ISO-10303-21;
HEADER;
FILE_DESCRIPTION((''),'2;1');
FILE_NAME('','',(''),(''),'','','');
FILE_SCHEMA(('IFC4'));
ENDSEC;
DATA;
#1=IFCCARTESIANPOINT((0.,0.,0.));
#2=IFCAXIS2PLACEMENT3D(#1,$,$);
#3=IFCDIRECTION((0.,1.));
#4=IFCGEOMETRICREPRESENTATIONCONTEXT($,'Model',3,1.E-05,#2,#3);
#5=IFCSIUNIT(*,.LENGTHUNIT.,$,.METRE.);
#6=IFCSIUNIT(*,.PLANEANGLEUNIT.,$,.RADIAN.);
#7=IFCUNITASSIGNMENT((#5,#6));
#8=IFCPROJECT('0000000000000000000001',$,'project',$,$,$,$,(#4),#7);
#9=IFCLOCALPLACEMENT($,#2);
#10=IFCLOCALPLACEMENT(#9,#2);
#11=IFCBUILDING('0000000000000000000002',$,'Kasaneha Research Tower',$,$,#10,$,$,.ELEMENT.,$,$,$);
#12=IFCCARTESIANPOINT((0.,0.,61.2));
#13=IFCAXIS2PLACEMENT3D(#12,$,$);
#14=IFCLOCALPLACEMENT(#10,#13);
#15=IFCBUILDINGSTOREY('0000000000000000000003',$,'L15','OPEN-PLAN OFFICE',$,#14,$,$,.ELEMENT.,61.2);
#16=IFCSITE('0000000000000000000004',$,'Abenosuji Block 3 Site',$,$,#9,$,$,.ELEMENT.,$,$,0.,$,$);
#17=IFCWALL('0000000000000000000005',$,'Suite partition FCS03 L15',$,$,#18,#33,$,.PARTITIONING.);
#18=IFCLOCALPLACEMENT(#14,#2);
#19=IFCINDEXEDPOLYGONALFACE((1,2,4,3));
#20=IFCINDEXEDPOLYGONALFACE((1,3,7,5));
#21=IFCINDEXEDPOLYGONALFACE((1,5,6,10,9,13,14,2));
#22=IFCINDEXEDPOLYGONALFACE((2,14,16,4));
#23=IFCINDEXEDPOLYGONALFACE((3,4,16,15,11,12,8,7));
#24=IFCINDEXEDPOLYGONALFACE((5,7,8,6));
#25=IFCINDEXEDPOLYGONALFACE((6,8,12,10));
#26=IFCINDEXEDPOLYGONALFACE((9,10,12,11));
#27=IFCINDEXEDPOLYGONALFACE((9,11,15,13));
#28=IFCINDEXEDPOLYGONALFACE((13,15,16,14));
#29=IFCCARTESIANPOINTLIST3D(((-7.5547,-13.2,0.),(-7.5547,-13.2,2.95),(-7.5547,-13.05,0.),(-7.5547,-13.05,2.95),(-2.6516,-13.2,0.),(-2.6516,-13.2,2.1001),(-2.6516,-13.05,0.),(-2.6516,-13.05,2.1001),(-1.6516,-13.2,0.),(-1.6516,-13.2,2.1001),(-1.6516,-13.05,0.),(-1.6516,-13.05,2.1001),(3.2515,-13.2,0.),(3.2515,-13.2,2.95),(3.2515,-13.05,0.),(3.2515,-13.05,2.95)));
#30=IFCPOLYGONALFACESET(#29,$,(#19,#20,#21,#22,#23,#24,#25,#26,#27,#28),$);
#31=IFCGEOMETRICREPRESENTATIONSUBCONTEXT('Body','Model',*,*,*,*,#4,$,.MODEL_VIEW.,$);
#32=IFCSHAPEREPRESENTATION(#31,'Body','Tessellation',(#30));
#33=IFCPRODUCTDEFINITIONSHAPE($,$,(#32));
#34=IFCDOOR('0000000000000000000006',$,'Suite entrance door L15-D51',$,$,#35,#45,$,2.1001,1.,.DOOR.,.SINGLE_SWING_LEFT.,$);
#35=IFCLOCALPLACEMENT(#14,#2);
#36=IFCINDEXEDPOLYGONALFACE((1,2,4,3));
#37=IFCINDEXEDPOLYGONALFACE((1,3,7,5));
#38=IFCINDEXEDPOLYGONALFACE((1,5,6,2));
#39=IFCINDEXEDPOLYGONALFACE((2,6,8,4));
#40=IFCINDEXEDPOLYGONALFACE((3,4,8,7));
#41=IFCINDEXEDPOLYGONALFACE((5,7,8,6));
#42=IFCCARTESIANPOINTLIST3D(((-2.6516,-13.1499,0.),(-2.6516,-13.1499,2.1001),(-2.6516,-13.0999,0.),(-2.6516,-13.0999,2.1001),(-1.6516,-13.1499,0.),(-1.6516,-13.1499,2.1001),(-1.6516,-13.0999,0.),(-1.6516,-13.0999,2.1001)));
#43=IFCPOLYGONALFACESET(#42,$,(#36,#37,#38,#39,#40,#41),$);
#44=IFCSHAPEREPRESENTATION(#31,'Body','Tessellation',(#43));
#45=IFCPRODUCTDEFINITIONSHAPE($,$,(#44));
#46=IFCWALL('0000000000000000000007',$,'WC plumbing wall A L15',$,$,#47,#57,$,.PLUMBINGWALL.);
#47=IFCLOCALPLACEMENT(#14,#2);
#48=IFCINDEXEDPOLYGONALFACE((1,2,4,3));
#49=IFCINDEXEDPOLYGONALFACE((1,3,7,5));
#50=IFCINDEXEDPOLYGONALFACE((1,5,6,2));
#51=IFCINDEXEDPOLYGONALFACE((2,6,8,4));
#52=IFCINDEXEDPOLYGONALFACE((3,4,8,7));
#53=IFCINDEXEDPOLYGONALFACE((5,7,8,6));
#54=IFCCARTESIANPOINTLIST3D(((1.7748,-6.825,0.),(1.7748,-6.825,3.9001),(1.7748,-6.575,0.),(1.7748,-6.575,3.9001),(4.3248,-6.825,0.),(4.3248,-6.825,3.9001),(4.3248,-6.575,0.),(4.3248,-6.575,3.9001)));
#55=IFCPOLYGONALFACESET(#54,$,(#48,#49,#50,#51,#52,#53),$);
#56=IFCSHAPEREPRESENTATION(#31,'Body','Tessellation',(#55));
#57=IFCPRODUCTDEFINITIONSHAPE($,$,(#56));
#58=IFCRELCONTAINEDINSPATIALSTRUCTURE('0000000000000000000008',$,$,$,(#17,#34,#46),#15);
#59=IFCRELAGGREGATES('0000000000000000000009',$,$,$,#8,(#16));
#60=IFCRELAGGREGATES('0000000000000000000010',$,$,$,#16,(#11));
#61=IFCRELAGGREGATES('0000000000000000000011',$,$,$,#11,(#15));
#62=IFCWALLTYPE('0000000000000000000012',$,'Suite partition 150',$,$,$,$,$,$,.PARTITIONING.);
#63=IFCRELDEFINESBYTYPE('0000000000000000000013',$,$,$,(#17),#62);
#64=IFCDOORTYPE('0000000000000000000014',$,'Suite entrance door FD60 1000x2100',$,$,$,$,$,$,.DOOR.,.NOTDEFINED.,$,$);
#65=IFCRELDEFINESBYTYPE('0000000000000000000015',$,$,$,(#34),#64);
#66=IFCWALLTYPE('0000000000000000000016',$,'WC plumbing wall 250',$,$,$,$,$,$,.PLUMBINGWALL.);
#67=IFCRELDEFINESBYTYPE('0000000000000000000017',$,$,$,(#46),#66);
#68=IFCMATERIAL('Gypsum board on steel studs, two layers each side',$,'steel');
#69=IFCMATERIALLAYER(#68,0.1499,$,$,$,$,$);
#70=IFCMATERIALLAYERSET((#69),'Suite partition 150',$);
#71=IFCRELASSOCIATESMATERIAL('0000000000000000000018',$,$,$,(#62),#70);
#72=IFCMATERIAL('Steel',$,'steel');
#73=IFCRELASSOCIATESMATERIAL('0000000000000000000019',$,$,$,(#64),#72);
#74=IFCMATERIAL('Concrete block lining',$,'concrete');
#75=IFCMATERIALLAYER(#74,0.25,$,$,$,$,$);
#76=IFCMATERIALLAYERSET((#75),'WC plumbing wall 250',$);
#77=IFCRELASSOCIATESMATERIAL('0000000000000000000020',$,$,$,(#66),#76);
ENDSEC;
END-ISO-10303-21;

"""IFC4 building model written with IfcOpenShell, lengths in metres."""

from ifc_helpers import new_model, si_unit, direction, frame, frame_2d, origin, place, context, subcontext, project, spatial, rectangle, extrude, material, layer, layer_set, type_object, element, fill, save


model = new_model("IFC4")

# Units and contexts
model_context = context("Model", 3, precision=1e-05, world=origin(), true_north=direction((0.0, 1.0)))
body_context = subcontext(model_context, "Body", "Model", "MODEL_VIEW")
ifc_project = project(units=[si_unit("LENGTHUNIT", "METRE"), si_unit("PLANEANGLEUNIT", "RADIAN")], contexts=[model_context])

# Site, building, storey
site_placement = place(None, origin())
site = spatial("IfcSite", under=ifc_project, at=site_placement, Name="Abenosuji Block 3 Site", CompositionType="ELEMENT", RefElevation=0.0)
building_placement = place(site_placement, origin())
building = spatial("IfcBuilding", under=site, at=building_placement, Name="Kasaneha Research Tower", CompositionType="ELEMENT")
storey_placement = place(building_placement, frame((0.0, 0.0, 61.2)))
storey = spatial("IfcBuildingStorey", under=building, at=storey_placement, Name="L15", Description="OPEN-PLAN OFFICE", CompositionType="ELEMENT", Elevation=61.2)

# Shared definitions
ifc_material_1 = material(Name="Gypsum board on steel studs, two layers each side", Category="steel")
ifc_layer_1 = layer(ifc_material_1, 0.1499)
ifc_layer_set_1 = layer_set([ifc_layer_1], Name="Suite partition 150")
wall_type_1 = type_object("IfcWallType", Name="Suite partition 150", PredefinedType="PARTITIONING", material=ifc_layer_set_1)

# Wall, opening, door
ifc_material_2 = material(Name="Steel", Category="steel")
door_type_1 = type_object("IfcDoorType", Name="Suite entrance door FD60 1000x2100", OperationType="NOTDEFINED", PredefinedType="DOOR", material=ifc_material_2)
wall_1_placement = place(storey_placement, frame((3.2515, -13.125, 0.0), z_axis=(0.0, 0.0, 1.0), x_axis=(-1.0, 0.0, 0.0)))
wall_1 = element("IfcWall", 1, at=wall_1_placement, inside=storey, type_object=wall_type_1, Name="Suite partition FCS03 L15", PredefinedType="PARTITIONING", context=body_context, shape_type="SweptSolid", body=[
    extrude(rectangle(XDim=10.8062, YDim=0.1499, at=frame_2d((5.4031, 0.0))), origin(), (0.0, 0.0, 1.0), 2.95),
])
opening_1_placement = place(wall_1_placement, frame((4.9031, 0.0, 0.0)))
opening_1 = element("IfcOpeningElement", 2, at=opening_1_placement, cuts=wall_1, PredefinedType="OPENING", context=body_context, shape_type="SweptSolid", body=[
    extrude(rectangle(XDim=1.0, YDim=2.1001, at=frame_2d((0.5, 1.05))), frame((0.0, 0.085, 0.0), z_axis=(0.0, -1.0, 0.0), x_axis=(1.0, 0.0, 0.0)), (0.0, 0.0, 1.0), 0.1699),
])
door_1_placement = place(opening_1_placement, origin())
door_1 = element("IfcDoor", 3, at=door_1_placement, inside=storey, type_object=door_type_1, Name="Suite entrance door L15-D51", OperationType="SINGLE_SWING_LEFT", OverallHeight=2.1001, OverallWidth=1.0, PredefinedType="DOOR", context=body_context, shape_type="SweptSolid", body=[
    extrude(rectangle(XDim=1.0, YDim=2.1001, at=frame_2d((0.5, 1.05))), frame((0.0, 0.0249, 0.0), z_axis=(0.0, -1.0, 0.0), x_axis=(1.0, 0.0, 0.0)), (0.0, 0.0, 1.0), 0.05),
])
fill(opening_1, door_1)

# Wall
ifc_material_3 = material(Name="Concrete block lining", Category="concrete")
ifc_layer_2 = layer(ifc_material_3, 0.25)
ifc_layer_set_2 = layer_set([ifc_layer_2], Name="WC plumbing wall 250")
wall_type_2 = type_object("IfcWallType", Name="WC plumbing wall 250", PredefinedType="PLUMBINGWALL", material=ifc_layer_set_2)
wall_2_placement = place(storey_placement, frame((1.7749, -6.7, 0.0), z_axis=(0.0, 0.0, 1.0), x_axis=(1.0, 0.0, 0.0)))
element("IfcWall", 4, at=wall_2_placement, inside=storey, type_object=wall_type_2, Name="WC plumbing wall A L15", PredefinedType="PLUMBINGWALL", context=body_context, shape_type="SweptSolid", body=[
    extrude(rectangle(XDim=2.55, YDim=0.25, at=frame_2d((1.2749, 0.0))), origin(), (0.0, 0.0, 1.0), 3.9001),
])

save(model, "model.ifc")
